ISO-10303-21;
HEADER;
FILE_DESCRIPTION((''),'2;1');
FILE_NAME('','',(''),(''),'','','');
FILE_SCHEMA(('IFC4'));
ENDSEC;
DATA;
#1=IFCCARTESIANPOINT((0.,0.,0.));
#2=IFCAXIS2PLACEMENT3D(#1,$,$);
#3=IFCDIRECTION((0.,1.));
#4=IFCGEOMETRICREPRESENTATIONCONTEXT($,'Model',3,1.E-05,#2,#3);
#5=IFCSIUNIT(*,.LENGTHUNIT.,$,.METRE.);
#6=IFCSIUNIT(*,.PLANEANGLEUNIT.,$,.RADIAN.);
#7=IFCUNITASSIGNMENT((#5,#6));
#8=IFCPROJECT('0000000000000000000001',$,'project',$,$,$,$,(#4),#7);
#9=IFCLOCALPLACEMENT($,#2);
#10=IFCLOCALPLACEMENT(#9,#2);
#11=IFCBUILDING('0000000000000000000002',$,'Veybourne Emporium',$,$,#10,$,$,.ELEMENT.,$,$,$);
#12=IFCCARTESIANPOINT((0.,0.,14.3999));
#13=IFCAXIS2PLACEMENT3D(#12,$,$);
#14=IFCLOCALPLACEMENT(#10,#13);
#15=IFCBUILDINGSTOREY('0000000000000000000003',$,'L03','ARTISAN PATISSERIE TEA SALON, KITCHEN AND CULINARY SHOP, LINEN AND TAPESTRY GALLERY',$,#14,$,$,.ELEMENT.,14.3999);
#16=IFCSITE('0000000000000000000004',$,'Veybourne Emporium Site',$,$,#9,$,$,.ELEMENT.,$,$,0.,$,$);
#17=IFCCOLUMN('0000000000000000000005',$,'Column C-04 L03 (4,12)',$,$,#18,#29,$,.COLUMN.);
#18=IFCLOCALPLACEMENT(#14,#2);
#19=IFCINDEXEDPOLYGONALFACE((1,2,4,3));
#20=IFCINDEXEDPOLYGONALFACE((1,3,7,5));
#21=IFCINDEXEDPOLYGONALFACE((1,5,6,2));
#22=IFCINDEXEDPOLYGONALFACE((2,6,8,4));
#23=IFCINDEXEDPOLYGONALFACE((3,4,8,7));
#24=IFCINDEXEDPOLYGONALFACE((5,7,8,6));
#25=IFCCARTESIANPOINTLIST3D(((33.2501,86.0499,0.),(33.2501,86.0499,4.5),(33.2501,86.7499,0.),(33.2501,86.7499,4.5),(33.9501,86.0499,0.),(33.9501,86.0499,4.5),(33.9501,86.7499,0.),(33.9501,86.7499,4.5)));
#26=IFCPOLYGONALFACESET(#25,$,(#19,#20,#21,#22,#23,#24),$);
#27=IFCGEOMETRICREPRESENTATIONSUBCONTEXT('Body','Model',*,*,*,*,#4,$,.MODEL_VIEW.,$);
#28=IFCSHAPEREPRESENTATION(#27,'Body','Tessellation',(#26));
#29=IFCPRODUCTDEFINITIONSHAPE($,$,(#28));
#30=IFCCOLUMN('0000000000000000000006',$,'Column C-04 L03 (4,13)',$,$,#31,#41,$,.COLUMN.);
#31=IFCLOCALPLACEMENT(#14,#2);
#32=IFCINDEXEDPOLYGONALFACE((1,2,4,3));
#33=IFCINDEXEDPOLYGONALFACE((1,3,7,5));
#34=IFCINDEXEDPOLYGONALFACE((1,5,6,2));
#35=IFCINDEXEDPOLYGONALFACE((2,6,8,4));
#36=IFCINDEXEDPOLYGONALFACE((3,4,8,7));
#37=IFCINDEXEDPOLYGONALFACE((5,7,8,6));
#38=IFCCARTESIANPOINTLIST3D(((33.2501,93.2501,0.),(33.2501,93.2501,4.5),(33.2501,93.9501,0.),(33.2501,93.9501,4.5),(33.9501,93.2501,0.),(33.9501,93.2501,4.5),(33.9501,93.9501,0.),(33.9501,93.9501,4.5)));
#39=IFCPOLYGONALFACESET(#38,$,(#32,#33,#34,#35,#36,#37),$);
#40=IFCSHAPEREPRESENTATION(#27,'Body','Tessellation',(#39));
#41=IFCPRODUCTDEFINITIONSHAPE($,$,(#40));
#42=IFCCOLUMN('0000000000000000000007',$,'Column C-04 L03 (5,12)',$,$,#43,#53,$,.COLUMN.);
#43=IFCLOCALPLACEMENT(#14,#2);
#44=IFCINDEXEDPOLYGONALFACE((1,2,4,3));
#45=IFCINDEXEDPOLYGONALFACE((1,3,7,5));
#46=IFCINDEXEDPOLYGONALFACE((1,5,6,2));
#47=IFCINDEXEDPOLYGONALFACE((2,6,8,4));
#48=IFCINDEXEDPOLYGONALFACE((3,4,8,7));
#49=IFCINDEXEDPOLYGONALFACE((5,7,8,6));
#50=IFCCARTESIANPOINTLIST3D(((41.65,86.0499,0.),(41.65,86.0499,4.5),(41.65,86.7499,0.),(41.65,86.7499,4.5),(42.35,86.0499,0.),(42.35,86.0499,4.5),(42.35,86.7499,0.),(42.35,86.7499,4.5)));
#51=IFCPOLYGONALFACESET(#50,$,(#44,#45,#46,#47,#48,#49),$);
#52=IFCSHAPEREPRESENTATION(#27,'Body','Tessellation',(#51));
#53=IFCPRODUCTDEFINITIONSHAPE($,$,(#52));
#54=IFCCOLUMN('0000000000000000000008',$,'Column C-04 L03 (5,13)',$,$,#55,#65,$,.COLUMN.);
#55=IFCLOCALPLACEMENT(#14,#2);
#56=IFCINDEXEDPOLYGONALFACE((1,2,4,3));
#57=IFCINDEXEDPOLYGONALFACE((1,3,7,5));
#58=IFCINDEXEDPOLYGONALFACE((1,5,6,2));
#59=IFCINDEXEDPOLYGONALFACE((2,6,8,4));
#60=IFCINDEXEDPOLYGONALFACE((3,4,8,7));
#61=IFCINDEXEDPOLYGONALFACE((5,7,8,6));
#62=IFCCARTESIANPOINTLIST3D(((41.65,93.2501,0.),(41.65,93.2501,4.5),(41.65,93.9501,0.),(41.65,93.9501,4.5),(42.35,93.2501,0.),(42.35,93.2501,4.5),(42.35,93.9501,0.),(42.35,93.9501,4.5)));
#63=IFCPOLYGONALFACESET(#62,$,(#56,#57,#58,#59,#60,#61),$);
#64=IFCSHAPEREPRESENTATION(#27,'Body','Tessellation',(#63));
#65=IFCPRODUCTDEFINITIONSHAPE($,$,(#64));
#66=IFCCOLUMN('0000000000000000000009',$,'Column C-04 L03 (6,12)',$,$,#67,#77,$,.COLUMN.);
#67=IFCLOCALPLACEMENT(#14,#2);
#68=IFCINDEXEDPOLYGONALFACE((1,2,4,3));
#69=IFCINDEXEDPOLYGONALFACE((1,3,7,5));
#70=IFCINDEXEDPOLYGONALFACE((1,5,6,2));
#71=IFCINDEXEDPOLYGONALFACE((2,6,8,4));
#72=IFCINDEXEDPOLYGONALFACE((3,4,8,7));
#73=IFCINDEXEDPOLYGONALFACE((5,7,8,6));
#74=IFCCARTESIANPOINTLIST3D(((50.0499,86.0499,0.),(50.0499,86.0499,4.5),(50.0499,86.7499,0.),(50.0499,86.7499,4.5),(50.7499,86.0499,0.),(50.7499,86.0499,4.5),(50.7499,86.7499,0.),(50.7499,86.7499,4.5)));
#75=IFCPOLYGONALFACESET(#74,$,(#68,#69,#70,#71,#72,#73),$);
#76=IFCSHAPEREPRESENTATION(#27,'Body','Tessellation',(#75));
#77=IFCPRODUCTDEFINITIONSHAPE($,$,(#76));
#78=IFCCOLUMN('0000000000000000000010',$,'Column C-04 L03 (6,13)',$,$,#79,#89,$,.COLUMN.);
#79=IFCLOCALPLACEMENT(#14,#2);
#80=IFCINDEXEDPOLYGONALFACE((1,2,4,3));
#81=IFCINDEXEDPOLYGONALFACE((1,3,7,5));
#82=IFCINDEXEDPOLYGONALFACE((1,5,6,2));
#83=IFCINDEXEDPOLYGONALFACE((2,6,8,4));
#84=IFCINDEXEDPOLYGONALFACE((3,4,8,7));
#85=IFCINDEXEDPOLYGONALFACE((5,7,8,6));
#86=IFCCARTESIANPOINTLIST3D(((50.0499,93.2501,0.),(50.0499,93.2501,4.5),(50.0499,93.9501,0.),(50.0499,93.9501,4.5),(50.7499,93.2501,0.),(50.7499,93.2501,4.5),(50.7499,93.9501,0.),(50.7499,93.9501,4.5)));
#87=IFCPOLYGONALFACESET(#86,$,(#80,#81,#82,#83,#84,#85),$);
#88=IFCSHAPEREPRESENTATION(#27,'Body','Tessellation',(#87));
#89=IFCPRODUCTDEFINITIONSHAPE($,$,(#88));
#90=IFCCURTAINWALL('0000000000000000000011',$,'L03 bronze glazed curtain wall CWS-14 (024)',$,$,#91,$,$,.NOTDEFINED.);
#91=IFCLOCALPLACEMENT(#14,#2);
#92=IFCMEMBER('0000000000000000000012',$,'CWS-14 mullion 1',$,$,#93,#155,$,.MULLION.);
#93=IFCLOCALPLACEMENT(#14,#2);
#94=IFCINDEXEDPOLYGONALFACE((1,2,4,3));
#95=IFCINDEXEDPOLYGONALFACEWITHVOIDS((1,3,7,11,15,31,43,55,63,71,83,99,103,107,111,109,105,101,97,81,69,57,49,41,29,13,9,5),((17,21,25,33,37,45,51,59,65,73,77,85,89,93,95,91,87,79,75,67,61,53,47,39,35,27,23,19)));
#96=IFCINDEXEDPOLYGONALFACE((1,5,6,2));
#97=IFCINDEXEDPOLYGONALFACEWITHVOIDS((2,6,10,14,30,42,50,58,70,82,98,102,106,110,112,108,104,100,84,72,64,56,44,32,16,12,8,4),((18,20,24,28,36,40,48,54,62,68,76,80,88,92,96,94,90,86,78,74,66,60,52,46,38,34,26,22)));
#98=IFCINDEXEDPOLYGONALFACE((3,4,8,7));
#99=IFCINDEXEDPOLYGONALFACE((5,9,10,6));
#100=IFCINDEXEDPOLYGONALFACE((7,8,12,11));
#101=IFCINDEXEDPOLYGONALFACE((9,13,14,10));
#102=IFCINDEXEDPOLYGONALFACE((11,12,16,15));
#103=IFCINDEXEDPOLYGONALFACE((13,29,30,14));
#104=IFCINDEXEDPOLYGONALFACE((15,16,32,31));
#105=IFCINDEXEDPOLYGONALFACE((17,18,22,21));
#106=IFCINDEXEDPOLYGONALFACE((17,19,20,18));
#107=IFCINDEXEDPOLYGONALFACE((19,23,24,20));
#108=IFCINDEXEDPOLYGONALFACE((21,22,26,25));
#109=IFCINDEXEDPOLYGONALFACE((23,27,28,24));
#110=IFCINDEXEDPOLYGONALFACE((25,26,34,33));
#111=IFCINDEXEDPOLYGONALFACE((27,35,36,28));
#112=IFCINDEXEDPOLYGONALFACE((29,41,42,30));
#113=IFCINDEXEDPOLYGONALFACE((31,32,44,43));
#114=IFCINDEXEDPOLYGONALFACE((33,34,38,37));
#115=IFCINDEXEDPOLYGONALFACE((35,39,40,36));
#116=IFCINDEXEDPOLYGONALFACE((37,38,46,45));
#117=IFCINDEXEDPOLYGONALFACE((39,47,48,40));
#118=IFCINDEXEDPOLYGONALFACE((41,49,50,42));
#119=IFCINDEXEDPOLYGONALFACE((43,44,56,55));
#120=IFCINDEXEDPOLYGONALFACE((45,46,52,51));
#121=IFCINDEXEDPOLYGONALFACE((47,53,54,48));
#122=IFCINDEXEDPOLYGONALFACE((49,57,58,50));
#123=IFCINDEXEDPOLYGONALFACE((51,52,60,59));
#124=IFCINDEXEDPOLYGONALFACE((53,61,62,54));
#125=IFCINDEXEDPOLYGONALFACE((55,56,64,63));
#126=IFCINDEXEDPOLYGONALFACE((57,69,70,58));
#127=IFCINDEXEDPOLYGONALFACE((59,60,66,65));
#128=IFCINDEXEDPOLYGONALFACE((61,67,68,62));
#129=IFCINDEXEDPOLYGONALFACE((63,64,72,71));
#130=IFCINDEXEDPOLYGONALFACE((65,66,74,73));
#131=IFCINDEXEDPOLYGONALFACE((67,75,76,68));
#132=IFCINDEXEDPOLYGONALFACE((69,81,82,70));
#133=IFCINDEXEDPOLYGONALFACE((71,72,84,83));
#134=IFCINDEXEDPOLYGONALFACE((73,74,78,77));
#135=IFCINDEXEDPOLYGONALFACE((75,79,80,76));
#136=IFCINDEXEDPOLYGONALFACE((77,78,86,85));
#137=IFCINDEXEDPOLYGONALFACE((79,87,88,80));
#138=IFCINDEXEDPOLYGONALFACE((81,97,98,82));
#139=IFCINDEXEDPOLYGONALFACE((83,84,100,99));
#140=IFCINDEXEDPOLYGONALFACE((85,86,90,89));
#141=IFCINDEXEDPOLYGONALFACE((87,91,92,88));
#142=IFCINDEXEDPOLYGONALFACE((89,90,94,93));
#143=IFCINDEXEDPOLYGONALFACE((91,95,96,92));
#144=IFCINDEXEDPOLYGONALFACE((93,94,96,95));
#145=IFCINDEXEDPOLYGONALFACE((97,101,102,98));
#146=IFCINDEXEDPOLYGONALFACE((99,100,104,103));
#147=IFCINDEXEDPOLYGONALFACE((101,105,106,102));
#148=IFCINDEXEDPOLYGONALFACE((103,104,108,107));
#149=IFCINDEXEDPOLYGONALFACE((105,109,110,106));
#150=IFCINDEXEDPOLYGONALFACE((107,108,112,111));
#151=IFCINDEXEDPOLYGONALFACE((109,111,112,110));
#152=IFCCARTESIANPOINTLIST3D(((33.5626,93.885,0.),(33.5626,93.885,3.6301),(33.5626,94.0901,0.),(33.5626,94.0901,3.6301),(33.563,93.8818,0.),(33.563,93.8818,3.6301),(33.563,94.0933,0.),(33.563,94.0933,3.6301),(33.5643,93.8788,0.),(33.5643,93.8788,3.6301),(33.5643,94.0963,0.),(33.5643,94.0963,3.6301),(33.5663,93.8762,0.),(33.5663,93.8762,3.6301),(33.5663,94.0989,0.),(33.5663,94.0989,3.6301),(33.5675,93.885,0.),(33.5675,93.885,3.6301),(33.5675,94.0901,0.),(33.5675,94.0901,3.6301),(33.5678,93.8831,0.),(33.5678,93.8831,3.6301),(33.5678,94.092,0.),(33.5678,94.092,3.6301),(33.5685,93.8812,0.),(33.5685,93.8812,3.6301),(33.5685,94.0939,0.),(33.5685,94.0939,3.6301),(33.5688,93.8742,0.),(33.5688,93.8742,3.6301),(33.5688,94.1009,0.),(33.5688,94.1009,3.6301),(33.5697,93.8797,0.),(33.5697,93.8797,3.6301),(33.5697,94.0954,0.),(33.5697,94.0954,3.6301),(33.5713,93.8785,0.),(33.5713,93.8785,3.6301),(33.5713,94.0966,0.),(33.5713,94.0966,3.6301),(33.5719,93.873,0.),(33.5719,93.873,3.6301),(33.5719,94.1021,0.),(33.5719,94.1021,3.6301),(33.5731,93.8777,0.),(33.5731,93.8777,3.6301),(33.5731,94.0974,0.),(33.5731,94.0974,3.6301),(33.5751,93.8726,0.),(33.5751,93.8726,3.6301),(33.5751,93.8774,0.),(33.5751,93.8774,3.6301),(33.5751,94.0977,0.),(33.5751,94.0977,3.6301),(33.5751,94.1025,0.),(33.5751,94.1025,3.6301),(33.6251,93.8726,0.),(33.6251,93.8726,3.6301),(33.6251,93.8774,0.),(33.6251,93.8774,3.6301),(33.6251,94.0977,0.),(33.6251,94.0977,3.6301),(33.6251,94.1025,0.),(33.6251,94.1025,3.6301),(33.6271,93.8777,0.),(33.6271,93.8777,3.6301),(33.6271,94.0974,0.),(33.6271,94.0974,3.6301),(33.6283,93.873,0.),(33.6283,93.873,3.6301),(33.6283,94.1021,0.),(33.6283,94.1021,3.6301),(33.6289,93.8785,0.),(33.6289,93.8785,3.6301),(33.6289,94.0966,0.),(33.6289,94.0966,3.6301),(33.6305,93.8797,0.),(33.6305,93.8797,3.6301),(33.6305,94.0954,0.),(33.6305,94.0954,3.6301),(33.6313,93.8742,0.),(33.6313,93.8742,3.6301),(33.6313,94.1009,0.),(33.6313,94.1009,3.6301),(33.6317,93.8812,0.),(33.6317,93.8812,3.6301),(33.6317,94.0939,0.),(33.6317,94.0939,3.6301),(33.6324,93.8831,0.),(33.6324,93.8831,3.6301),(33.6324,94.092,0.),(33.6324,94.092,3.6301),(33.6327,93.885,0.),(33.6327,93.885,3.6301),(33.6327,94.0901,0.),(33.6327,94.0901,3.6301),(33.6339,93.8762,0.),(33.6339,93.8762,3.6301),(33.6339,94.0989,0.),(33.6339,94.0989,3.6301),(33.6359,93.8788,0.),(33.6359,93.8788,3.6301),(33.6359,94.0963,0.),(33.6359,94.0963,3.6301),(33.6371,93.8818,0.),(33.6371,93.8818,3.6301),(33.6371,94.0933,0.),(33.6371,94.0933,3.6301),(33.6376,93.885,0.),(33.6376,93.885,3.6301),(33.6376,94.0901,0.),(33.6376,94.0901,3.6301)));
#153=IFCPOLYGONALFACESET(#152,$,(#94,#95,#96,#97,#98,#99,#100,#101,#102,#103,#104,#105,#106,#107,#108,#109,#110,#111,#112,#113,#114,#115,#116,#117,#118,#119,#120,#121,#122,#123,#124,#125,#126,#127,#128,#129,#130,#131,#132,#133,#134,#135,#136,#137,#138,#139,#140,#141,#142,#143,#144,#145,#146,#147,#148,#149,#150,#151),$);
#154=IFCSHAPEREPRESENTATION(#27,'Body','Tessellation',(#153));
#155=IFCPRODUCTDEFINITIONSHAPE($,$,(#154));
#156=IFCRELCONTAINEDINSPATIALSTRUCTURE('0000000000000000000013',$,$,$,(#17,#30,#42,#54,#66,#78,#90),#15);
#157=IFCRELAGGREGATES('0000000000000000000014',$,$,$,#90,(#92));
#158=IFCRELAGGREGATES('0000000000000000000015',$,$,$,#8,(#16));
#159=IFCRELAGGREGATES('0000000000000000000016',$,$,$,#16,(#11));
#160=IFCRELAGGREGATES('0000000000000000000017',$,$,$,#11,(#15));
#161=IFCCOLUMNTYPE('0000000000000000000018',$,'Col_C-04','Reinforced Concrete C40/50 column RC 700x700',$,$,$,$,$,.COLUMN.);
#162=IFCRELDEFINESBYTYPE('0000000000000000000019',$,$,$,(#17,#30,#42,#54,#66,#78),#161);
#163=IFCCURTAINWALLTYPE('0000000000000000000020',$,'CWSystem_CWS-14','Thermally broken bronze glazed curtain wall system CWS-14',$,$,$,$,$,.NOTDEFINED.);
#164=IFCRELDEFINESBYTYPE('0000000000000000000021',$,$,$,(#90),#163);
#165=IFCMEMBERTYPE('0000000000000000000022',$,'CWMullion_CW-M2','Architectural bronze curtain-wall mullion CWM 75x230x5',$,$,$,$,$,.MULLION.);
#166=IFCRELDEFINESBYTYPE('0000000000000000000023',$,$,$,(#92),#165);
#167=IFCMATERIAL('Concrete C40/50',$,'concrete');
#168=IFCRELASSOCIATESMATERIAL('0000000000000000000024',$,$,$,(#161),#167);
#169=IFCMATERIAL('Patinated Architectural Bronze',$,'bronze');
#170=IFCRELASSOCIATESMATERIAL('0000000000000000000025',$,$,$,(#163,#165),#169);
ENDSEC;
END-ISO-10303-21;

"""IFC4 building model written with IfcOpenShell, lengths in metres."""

from ifc_helpers import new_model, si_unit, direction, frame, origin, origin_2d, place, context, subcontext, project, spatial, rectangle, hollow_rectangle, extrude, material, material_profile, profile_set, type_object, element, aggregate, save


model = new_model("IFC4")

# Units and contexts
model_context = context("Model", 3, precision=1e-05, world=origin(), true_north=direction((0.0, 1.0)))
body_context = subcontext(model_context, "Body", "Model", "MODEL_VIEW")
ifc_project = project(units=[si_unit("LENGTHUNIT", "METRE"), si_unit("PLANEANGLEUNIT", "RADIAN")], contexts=[model_context])

# Site, building, storey
site_placement = place(None, origin())
site = spatial("IfcSite", under=ifc_project, at=site_placement, Name="Veybourne Emporium Site", CompositionType="ELEMENT", RefElevation=0.0)
building_placement = place(site_placement, origin())
building = spatial("IfcBuilding", under=site, at=building_placement, Name="Veybourne Emporium", CompositionType="ELEMENT")
storey_placement = place(building_placement, frame((0.0, 0.0, 14.3999)))
storey = spatial("IfcBuildingStorey", under=building, at=storey_placement, Name="L03", Description="ARTISAN PATISSERIE TEA SALON, KITCHEN AND CULINARY SHOP, LINEN AND TAPESTRY GALLERY", CompositionType="ELEMENT", Elevation=14.3999)

# Columns
ifc_material_1 = material(Name="Concrete C40/50", Category="concrete")
ifc_material_profile_1 = material_profile(ifc_material_1, rectangle(XDim=0.7, YDim=0.7, at=origin_2d()), Name="RC 700x700")
ifc_profile_set_1 = profile_set([ifc_material_profile_1], Name="Concrete C40/50")
column_type = type_object("IfcColumnType", Name="Col_C-04", Description="Reinforced Concrete C40/50 column RC 700x700", PredefinedType="COLUMN", material=ifc_profile_set_1)
for number, where, z_axis, x_axis, name in (
    (1, (33.6001, 86.3999, 0.0), (0.0, 0.0, 1.0), (1.0, 0.0, 0.0), "Column C-04 L03 (4,12)"),
    (2, (33.6001, 93.6001, 0.0), (0.0, 0.0, 1.0), (1.0, 0.0, 0.0), "Column C-04 L03 (4,13)"),
    (3, (42.0, 86.3999, 0.0), (0.0, 0.0, 1.0), (1.0, 0.0, 0.0), "Column C-04 L03 (5,12)"),
    (4, (42.0, 93.6001, 0.0), (0.0, 0.0, 1.0), (1.0, 0.0, 0.0), "Column C-04 L03 (5,13)"),
    (5, (50.3999, 86.3999, 0.0), (0.0, 0.0, 1.0), (1.0, 0.0, 0.0), "Column C-04 L03 (6,12)"),
    (6, (50.3999, 93.6001, 0.0), (0.0, 0.0, 1.0), (1.0, 0.0, 0.0), "Column C-04 L03 (6,13)"),
):
    element("IfcColumn", number, at=place(storey_placement, frame(where, z_axis=z_axis, x_axis=x_axis)), inside=storey, type_object=column_type, Name=name, PredefinedType="COLUMN", context=body_context, shape_type="SweptSolid", body=[
        extrude(rectangle(XDim=0.7, YDim=0.7, at=origin_2d()), origin(), (0.0, 0.0, 1.0), 4.5),
    ])

# Curtain wall, member
ifc_material_2 = material(Name="Patinated Architectural Bronze", Category="bronze")
curtain_wall_type = type_object("IfcCurtainWallType", Name="CWSystem_CWS-14", Description="Thermally broken bronze glazed curtain wall system CWS-14", PredefinedType="NOTDEFINED", material=ifc_material_2)
curtain_wall_placement = place(storey_placement, origin())
curtain_wall = element("IfcCurtainWall", 7, at=curtain_wall_placement, inside=storey, type_object=curtain_wall_type, Name="L03 bronze glazed curtain wall CWS-14 (024)", PredefinedType="NOTDEFINED")
ifc_material_profile_2 = material_profile(ifc_material_2, hollow_rectangle(XDim=0.075, YDim=0.23, WallThickness=0.0049, InnerFilletRadius=0.0076, OuterFilletRadius=0.0125, at=origin_2d()), Name="CWM 75x230x5")
ifc_profile_set_2 = profile_set([ifc_material_profile_2], Name="Patinated Architectural Bronze")
member_type_1 = type_object("IfcMemberType", Name="CWMullion_CW-M2", Description="Architectural bronze curtain-wall mullion CWM 75x230x5", PredefinedType="MULLION", material=ifc_profile_set_2)
member_1_placement = place(storey_placement, frame((33.6001, 93.9875, 0.0), z_axis=(0.0, 0.0, 1.0), x_axis=(-1.0, 0.0, 0.0)))
member_1 = element("IfcMember", 8, at=member_1_placement, type_object=member_type_1, Name="CWS-14 mullion 1", PredefinedType="MULLION", context=body_context, shape_type="SweptSolid", body=[
    extrude(hollow_rectangle(XDim=0.075, YDim=0.23, WallThickness=0.0049, InnerFilletRadius=0.0076, OuterFilletRadius=0.0125, at=origin_2d()), origin(), (0.0, 0.0, 1.0), 3.6301),
])
aggregate(curtain_wall, [member_1])

save(model, "model.ifc")
